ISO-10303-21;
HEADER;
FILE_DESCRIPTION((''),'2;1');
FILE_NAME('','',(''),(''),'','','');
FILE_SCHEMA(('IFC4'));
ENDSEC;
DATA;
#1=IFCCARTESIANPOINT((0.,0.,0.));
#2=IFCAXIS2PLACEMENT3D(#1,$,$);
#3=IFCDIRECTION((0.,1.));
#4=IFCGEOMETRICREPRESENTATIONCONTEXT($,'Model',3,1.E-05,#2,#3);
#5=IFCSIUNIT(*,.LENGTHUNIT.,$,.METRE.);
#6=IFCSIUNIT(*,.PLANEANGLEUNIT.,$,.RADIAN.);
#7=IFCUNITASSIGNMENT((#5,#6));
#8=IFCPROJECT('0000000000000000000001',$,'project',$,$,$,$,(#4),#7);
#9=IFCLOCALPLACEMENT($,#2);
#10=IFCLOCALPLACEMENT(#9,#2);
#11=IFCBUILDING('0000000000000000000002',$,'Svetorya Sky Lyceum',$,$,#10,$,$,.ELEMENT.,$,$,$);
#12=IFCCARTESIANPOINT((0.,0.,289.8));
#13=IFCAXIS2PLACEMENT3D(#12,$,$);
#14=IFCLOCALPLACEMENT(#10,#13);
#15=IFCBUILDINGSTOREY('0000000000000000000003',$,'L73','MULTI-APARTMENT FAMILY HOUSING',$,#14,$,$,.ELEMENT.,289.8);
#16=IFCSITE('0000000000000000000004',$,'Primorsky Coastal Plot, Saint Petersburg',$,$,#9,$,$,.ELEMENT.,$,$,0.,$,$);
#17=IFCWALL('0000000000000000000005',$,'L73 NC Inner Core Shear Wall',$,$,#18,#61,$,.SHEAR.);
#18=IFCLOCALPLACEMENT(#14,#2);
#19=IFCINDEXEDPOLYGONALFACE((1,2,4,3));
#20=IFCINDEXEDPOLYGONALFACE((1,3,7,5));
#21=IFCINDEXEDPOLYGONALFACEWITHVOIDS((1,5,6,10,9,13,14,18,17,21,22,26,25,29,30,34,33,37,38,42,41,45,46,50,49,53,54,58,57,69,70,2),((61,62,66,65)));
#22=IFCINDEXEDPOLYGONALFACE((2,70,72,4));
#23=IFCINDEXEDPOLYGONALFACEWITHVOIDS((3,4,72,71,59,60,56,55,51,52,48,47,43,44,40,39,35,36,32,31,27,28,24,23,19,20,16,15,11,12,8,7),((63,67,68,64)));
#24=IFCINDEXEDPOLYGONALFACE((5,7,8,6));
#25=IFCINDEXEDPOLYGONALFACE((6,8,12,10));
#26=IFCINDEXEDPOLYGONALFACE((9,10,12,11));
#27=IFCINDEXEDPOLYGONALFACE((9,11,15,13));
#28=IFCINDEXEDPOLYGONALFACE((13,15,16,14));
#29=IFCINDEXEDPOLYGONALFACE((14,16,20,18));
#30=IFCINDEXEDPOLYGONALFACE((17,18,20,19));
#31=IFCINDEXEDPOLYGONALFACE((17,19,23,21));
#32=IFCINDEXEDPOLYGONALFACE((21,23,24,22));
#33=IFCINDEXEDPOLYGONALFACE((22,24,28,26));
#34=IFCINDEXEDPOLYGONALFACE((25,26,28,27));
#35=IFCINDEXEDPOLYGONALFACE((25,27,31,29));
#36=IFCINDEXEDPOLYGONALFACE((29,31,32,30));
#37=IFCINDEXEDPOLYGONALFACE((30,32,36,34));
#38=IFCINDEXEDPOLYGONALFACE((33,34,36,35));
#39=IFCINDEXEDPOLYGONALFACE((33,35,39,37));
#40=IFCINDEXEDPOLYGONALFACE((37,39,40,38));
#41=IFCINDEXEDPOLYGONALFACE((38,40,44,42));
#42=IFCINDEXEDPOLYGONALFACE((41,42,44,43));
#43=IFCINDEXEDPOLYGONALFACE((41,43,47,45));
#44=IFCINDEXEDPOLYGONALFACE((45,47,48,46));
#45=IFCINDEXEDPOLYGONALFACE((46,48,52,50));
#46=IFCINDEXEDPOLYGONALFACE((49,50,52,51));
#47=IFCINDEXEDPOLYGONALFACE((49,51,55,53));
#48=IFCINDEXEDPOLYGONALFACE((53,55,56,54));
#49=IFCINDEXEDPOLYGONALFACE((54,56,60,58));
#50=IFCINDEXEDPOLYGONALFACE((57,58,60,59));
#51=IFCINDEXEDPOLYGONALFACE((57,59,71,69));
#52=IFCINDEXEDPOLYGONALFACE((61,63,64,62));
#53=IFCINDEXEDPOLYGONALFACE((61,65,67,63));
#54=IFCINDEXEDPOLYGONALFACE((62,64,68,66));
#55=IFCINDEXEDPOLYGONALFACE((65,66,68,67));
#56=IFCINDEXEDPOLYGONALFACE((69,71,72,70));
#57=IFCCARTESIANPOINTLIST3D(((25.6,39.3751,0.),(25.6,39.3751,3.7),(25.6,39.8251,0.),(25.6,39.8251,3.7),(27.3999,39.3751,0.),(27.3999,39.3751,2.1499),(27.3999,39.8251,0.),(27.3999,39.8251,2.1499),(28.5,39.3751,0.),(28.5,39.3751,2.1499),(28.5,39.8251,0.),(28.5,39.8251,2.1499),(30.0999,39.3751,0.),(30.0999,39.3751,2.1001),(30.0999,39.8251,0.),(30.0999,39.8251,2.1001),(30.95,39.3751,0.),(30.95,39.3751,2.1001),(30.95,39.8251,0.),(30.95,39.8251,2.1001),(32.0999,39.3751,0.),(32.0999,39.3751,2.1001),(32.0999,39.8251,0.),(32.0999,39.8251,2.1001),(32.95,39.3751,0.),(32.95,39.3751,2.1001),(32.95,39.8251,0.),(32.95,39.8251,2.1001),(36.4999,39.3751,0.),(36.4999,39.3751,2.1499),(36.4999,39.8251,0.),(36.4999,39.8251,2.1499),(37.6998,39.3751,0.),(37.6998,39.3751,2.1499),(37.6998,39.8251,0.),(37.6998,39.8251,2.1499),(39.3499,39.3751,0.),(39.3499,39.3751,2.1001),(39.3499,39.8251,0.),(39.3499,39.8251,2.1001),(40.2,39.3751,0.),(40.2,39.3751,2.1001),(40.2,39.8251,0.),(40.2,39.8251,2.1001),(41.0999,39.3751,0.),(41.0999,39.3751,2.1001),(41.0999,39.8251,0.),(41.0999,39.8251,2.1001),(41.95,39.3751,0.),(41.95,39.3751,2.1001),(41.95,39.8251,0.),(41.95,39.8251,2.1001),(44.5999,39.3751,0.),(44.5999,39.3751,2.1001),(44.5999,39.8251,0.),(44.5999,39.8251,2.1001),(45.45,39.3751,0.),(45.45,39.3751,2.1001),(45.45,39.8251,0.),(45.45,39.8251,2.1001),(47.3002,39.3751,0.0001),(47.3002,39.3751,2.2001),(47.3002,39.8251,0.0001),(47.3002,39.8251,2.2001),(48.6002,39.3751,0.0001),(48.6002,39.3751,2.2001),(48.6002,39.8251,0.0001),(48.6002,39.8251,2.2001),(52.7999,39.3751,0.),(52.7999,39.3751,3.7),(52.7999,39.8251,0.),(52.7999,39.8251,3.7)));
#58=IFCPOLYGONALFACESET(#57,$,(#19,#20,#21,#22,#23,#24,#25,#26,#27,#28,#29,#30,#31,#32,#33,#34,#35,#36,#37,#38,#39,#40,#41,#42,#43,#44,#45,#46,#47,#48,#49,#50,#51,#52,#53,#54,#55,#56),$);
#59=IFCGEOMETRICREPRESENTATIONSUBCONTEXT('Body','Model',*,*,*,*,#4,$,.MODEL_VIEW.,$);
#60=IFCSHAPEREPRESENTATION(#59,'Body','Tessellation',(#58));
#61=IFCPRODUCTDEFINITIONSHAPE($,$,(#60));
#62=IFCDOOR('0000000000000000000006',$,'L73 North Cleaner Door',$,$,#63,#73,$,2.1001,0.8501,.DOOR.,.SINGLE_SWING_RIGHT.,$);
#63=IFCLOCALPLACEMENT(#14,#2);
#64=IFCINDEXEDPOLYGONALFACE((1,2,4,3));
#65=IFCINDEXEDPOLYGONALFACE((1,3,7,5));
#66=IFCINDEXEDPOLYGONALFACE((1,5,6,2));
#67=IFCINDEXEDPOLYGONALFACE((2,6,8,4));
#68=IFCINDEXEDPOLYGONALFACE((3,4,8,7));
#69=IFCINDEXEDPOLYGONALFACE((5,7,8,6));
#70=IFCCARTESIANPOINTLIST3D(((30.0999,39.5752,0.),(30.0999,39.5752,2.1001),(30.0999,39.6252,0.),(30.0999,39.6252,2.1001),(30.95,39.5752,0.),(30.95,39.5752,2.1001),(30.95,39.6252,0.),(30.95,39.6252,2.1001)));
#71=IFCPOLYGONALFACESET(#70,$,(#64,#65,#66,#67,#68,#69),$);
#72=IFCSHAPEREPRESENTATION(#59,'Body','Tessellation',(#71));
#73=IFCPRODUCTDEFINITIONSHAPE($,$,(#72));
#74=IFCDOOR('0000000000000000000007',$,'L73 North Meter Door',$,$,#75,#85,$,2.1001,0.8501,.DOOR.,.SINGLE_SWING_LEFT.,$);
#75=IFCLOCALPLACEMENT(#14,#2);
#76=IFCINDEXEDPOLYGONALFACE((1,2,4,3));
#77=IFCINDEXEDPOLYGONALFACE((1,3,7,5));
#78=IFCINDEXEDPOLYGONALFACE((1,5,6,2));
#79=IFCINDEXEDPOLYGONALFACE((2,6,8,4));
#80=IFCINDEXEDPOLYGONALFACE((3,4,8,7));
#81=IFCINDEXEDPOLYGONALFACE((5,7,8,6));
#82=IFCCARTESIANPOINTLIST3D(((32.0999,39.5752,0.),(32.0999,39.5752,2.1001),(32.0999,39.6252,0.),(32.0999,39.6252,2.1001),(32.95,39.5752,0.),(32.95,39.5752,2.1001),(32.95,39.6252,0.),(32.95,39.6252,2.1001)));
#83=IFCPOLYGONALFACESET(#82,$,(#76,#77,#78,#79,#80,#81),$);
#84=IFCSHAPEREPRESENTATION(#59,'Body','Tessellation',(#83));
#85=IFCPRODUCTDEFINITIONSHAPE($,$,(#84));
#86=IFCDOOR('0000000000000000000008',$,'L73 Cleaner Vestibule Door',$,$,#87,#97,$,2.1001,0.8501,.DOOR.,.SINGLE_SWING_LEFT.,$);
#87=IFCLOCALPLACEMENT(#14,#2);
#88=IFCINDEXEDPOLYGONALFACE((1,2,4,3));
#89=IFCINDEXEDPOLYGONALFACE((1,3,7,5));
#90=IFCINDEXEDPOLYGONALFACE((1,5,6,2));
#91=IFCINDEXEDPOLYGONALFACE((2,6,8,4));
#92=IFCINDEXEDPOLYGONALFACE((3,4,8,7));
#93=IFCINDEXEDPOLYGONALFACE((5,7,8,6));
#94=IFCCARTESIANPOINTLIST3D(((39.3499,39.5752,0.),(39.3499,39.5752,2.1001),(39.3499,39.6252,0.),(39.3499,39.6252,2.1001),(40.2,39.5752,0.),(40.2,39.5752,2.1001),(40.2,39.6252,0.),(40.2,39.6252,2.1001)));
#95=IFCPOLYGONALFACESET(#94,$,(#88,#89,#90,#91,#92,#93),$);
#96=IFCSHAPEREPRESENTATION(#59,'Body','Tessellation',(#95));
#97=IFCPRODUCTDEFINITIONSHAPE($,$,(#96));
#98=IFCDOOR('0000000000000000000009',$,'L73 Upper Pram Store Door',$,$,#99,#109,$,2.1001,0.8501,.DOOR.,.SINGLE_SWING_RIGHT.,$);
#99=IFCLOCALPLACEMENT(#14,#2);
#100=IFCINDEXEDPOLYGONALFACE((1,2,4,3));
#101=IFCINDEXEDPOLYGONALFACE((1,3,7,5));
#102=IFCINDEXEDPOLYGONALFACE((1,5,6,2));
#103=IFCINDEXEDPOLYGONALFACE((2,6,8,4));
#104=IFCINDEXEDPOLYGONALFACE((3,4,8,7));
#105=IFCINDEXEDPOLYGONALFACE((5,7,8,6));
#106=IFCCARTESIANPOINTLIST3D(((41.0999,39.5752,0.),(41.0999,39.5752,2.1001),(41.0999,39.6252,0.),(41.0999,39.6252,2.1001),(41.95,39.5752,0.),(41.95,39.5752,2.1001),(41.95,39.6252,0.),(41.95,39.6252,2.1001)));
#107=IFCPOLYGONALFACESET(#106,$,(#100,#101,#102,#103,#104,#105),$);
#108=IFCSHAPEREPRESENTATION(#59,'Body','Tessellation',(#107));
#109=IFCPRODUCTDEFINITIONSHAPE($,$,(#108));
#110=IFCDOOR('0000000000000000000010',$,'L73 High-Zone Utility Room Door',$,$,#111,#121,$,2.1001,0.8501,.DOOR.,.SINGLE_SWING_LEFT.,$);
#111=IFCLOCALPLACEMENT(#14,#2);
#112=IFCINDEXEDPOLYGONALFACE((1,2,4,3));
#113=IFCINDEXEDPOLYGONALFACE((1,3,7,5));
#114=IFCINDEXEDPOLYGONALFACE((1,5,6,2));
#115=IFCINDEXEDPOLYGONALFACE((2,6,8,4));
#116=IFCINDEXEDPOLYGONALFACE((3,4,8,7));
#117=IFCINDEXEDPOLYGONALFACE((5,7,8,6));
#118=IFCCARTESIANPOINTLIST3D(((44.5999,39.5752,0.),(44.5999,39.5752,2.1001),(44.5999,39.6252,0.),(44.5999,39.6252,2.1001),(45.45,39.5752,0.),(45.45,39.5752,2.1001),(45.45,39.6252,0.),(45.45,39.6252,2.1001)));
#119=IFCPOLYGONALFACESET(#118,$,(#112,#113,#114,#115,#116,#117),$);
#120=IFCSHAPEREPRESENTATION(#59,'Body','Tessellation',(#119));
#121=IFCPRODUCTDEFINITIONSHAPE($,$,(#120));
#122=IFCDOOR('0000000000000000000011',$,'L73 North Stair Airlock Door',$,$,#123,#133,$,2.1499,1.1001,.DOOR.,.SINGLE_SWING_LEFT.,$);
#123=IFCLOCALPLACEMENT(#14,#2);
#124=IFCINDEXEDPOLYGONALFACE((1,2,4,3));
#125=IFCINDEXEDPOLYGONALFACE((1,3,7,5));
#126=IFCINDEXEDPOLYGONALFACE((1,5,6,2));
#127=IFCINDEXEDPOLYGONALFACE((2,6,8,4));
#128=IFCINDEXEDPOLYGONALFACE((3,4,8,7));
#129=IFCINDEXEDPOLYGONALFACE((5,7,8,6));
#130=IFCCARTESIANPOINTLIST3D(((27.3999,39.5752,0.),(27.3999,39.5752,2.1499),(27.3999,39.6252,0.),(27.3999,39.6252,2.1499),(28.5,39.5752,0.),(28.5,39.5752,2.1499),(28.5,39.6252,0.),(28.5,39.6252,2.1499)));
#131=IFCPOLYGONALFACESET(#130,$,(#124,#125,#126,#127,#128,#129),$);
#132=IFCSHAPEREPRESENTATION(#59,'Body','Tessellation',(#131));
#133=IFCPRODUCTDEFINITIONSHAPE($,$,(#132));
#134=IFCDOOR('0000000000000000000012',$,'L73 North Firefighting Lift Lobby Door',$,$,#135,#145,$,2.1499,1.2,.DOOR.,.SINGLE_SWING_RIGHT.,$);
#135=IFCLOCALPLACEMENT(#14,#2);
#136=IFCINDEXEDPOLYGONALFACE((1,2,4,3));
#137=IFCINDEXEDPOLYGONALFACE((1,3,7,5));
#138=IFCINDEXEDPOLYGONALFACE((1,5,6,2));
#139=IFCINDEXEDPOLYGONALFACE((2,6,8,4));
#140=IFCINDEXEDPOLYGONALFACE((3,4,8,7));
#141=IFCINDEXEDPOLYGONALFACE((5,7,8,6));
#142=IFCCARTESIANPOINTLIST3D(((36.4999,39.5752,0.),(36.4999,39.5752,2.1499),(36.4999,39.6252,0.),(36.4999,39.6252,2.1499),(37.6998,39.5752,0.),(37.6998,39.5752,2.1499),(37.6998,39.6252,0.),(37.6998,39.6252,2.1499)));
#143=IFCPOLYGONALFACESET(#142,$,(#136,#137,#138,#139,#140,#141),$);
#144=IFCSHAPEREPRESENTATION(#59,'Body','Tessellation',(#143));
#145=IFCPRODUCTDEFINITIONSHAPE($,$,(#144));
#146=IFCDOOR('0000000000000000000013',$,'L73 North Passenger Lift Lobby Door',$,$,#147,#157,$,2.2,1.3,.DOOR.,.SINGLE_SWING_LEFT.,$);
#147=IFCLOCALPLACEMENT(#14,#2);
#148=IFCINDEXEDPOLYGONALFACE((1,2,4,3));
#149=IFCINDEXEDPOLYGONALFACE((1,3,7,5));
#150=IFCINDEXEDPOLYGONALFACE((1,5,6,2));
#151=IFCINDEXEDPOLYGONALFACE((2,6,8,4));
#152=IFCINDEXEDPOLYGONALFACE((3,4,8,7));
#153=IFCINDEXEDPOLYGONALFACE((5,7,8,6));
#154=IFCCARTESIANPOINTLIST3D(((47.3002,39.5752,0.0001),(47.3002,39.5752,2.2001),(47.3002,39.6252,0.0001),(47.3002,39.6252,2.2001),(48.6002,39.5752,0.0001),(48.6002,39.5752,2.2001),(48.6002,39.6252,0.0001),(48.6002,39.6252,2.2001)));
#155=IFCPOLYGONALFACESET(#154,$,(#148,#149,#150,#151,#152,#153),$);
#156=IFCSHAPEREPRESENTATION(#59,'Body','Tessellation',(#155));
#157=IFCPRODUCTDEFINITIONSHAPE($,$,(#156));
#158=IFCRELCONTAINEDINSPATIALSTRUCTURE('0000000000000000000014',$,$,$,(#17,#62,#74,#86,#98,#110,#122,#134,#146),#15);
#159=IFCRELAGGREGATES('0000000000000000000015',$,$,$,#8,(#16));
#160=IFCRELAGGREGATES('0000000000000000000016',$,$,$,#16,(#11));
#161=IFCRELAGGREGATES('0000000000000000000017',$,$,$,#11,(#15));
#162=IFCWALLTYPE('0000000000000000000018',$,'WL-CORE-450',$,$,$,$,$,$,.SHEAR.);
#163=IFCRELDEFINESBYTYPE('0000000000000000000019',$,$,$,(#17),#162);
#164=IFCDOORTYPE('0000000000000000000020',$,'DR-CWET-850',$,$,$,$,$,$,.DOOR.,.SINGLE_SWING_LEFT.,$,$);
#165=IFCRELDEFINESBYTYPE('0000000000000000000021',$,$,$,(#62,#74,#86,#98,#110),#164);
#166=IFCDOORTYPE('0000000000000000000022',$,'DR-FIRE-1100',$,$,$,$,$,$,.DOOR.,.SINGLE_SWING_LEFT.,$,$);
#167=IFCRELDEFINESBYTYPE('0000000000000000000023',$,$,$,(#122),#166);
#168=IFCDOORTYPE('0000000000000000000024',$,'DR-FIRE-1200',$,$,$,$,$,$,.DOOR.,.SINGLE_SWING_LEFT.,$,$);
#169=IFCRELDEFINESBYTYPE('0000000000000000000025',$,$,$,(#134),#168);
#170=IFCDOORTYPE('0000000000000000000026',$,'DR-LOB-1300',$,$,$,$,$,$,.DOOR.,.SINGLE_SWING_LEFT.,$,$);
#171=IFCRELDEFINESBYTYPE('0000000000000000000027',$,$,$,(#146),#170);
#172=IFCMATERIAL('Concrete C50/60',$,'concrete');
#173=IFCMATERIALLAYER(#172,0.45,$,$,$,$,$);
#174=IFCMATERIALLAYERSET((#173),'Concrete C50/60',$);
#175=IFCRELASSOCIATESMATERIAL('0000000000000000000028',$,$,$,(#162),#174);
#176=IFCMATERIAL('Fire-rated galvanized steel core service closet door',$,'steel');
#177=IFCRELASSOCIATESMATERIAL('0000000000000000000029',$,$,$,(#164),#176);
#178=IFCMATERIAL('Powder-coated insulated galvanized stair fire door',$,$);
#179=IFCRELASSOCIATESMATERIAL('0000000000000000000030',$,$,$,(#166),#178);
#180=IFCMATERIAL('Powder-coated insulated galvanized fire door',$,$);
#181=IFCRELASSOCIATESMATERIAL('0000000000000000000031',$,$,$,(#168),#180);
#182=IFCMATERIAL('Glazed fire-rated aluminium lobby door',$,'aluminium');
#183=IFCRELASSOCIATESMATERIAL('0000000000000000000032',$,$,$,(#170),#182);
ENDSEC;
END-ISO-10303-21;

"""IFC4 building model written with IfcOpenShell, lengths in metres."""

from ifc_helpers import new_model, si_unit, direction, frame, frame_2d, origin, place, context, subcontext, project, spatial, rectangle, extrude, material, layer, layer_set, type_object, element, fill, save


model = new_model("IFC4")

# Units and contexts
model_context = context("Model", 3, precision=1e-05, world=origin(), true_north=direction((0.0, 1.0)))
body_context = subcontext(model_context, "Body", "Model", "MODEL_VIEW")
ifc_project = project(units=[si_unit("LENGTHUNIT", "METRE"), si_unit("PLANEANGLEUNIT", "RADIAN")], contexts=[model_context])

# Site, building, storey
site_placement = place(None, origin())
site = spatial("IfcSite", under=ifc_project, at=site_placement, Name="Primorsky Coastal Plot, Saint Petersburg", CompositionType="ELEMENT", RefElevation=0.0)
building_placement = place(site_placement, origin())
building = spatial("IfcBuilding", under=site, at=building_placement, Name="Svetorya Sky Lyceum", CompositionType="ELEMENT")
storey_placement = place(building_placement, frame((0.0, 0.0, 289.8)))
storey = spatial("IfcBuildingStorey", under=building, at=storey_placement, Name="L73", Description="MULTI-APARTMENT FAMILY HOUSING", CompositionType="ELEMENT", Elevation=289.8)

# Wall, openings, doors
ifc_material_1 = material(Name="Concrete C50/60", Category="concrete")
ifc_layer_1 = layer(ifc_material_1, 0.45)
ifc_layer_set_1 = layer_set([ifc_layer_1], Name="Concrete C50/60")
wall_type_1 = type_object("IfcWallType", Name="WL-CORE-450", PredefinedType="SHEAR", material=ifc_layer_set_1)
wall_1_placement = place(storey_placement, frame((52.8, 39.6001, 0.0), z_axis=(0.0, 0.0, 1.0), x_axis=(-1.0, 0.0, 0.0)))
wall_1 = element("IfcWall", 1, at=wall_1_placement, inside=storey, type_object=wall_type_1, Name="L73 NC Inner Core Shear Wall", PredefinedType="SHEAR", context=body_context, shape_type="SweptSolid", body=[
    extrude(rectangle(XDim=27.2, YDim=0.45, at=frame_2d((13.6001, 0.0))), origin(), (0.0, 0.0, 1.0), 3.7),
])
opening_1_placement = place(wall_1_placement, frame((24.3, 0.0, 0.0)))
opening_1 = element("IfcOpeningElement", 2, at=opening_1_placement, cuts=wall_1, PredefinedType="OPENING", context=body_context, shape_type="SweptSolid", body=[
    extrude(rectangle(XDim=1.1001, YDim=2.1499, at=frame_2d((0.55, 1.075))), frame((0.0, 0.2349, 0.0), z_axis=(0.0, -1.0, 0.0), x_axis=(1.0, 0.0, 0.0)), (0.0, 0.0, 1.0), 0.47),
])
opening_2_placement = place(wall_1_placement, frame((21.8501, 0.0, 0.0)))
opening_2 = element("IfcOpeningElement", 3, at=opening_2_placement, cuts=wall_1, PredefinedType="OPENING", context=body_context, shape_type="SweptSolid", body=[
    extrude(rectangle(XDim=0.8501, YDim=2.1001, at=frame_2d((0.425, 1.05))), frame((0.0, 0.2349, 0.0), z_axis=(0.0, -1.0, 0.0), x_axis=(1.0, 0.0, 0.0)), (0.0, 0.0, 1.0), 0.47),
])
opening_3_placement = place(wall_1_placement, frame((19.8501, 0.0, 0.0)))
opening_3 = element("IfcOpeningElement", 4, at=opening_3_placement, cuts=wall_1, PredefinedType="OPENING", context=body_context, shape_type="SweptSolid", body=[
    extrude(rectangle(XDim=0.8501, YDim=2.1001, at=frame_2d((0.425, 1.05))), frame((0.0, 0.2349, 0.0), z_axis=(0.0, -1.0, 0.0), x_axis=(1.0, 0.0, 0.0)), (0.0, 0.0, 1.0), 0.47),
])
opening_4_placement = place(wall_1_placement, frame((15.1001, 0.0, 0.0)))
opening_4 = element("IfcOpeningElement", 5, at=opening_4_placement, cuts=wall_1, PredefinedType="OPENING", context=body_context, shape_type="SweptSolid", body=[
    extrude(rectangle(XDim=1.2, YDim=2.1499, at=frame_2d((0.6001, 1.075))), frame((0.0, 0.2349, 0.0), z_axis=(0.0, -1.0, 0.0), x_axis=(1.0, 0.0, 0.0)), (0.0, 0.0, 1.0), 0.47),
])
opening_5_placement = place(wall_1_placement, frame((12.6001, 0.0, 0.0)))
opening_5 = element("IfcOpeningElement", 6, at=opening_5_placement, cuts=wall_1, PredefinedType="OPENING", context=body_context, shape_type="SweptSolid", body=[
    extrude(rectangle(XDim=0.8501, YDim=2.1001, at=frame_2d((0.425, 1.05))), frame((0.0, 0.2349, 0.0), z_axis=(0.0, -1.0, 0.0), x_axis=(1.0, 0.0, 0.0)), (0.0, 0.0, 1.0), 0.47),
])
opening_6_placement = place(wall_1_placement, frame((10.8501, 0.0, 0.0)))
opening_6 = element("IfcOpeningElement", 7, at=opening_6_placement, cuts=wall_1, PredefinedType="OPENING", context=body_context, shape_type="SweptSolid", body=[
    extrude(rectangle(XDim=0.8501, YDim=2.1001, at=frame_2d((0.425, 1.05))), frame((0.0, 0.2349, 0.0), z_axis=(0.0, -1.0, 0.0), x_axis=(1.0, 0.0, 0.0)), (0.0, 0.0, 1.0), 0.47),
])
opening_7_placement = place(wall_1_placement, frame((7.3501, 0.0, 0.0)))
opening_7 = element("IfcOpeningElement", 8, at=opening_7_placement, cuts=wall_1, PredefinedType="OPENING", context=body_context, shape_type="SweptSolid", body=[
    extrude(rectangle(XDim=0.8501, YDim=2.1001, at=frame_2d((0.425, 1.05))), frame((0.0, 0.2349, 0.0), z_axis=(0.0, -1.0, 0.0), x_axis=(1.0, 0.0, 0.0)), (0.0, 0.0, 1.0), 0.47),
])
opening_8_placement = place(wall_1_placement, frame((4.2, 0.0, 0.0)))
opening_8 = element("IfcOpeningElement", 9, at=opening_8_placement, cuts=wall_1, PredefinedType="OPENING", context=body_context, shape_type="SweptSolid", body=[
    extrude(rectangle(XDim=1.3, YDim=2.2, at=frame_2d((0.6499, 1.1001))), frame((0.0, 0.2349, 0.0), z_axis=(0.0, -1.0, 0.0), x_axis=(1.0, 0.0, 0.0)), (0.0, 0.0, 1.0), 0.47),
])
ifc_material_2 = material(Name="Fire-rated galvanized steel core service closet door", Category="steel")
door_type_1 = type_object("IfcDoorType", Name="DR-CWET-850", OperationType="SINGLE_SWING_LEFT", PredefinedType="DOOR", material=ifc_material_2)
door_1_placement = place(opening_2_placement, origin())
door_1 = element("IfcDoor", 10, at=door_1_placement, inside=storey, type_object=door_type_1, Name="L73 North Cleaner Door", OperationType="SINGLE_SWING_RIGHT", OverallHeight=2.1001, OverallWidth=0.8501, PredefinedType="DOOR", context=body_context, shape_type="SweptSolid", body=[
    extrude(rectangle(XDim=0.8501, YDim=2.1001, at=frame_2d((0.425, 1.05))), frame((0.0, 0.0249, 0.0), z_axis=(0.0, -1.0, 0.0), x_axis=(1.0, 0.0, 0.0)), (0.0, 0.0, 1.0), 0.05),
])
fill(opening_2, door_1)
door_2_placement = place(opening_3_placement, origin())
door_2 = element("IfcDoor", 11, at=door_2_placement, inside=storey, type_object=door_type_1, Name="L73 North Meter Door", OperationType="SINGLE_SWING_LEFT", OverallHeight=2.1001, OverallWidth=0.8501, PredefinedType="DOOR", context=body_context, shape_type="SweptSolid", body=[
    extrude(rectangle(XDim=0.8501, YDim=2.1001, at=frame_2d((0.425, 1.05))), frame((0.0, 0.0249, 0.0), z_axis=(0.0, -1.0, 0.0), x_axis=(1.0, 0.0, 0.0)), (0.0, 0.0, 1.0), 0.05),
])
fill(opening_3, door_2)
door_3_placement = place(opening_5_placement, origin())
door_3 = element("IfcDoor", 12, at=door_3_placement, inside=storey, type_object=door_type_1, Name="L73 Cleaner Vestibule Door", OperationType="SINGLE_SWING_LEFT", OverallHeight=2.1001, OverallWidth=0.8501, PredefinedType="DOOR", context=body_context, shape_type="SweptSolid", body=[
    extrude(rectangle(XDim=0.8501, YDim=2.1001, at=frame_2d((0.425, 1.05))), frame((0.0, 0.0249, 0.0), z_axis=(0.0, -1.0, 0.0), x_axis=(1.0, 0.0, 0.0)), (0.0, 0.0, 1.0), 0.05),
])
fill(opening_5, door_3)
door_4_placement = place(opening_6_placement, origin())
door_4 = element("IfcDoor", 13, at=door_4_placement, inside=storey, type_object=door_type_1, Name="L73 Upper Pram Store Door", OperationType="SINGLE_SWING_RIGHT", OverallHeight=2.1001, OverallWidth=0.8501, PredefinedType="DOOR", context=body_context, shape_type="SweptSolid", body=[
    extrude(rectangle(XDim=0.8501, YDim=2.1001, at=frame_2d((0.425, 1.05))), frame((0.0, 0.0249, 0.0), z_axis=(0.0, -1.0, 0.0), x_axis=(1.0, 0.0, 0.0)), (0.0, 0.0, 1.0), 0.05),
])
fill(opening_6, door_4)
door_5_placement = place(opening_7_placement, origin())
door_5 = element("IfcDoor", 14, at=door_5_placement, inside=storey, type_object=door_type_1, Name="L73 High-Zone Utility Room Door", OperationType="SINGLE_SWING_LEFT", OverallHeight=2.1001, OverallWidth=0.8501, PredefinedType="DOOR", context=body_context, shape_type="SweptSolid", body=[
    extrude(rectangle(XDim=0.8501, YDim=2.1001, at=frame_2d((0.425, 1.05))), frame((0.0, 0.0249, 0.0), z_axis=(0.0, -1.0, 0.0), x_axis=(1.0, 0.0, 0.0)), (0.0, 0.0, 1.0), 0.05),
])
fill(opening_7, door_5)
ifc_material_3 = material(Name="Powder-coated insulated galvanized stair fire door")
door_type_2 = type_object("IfcDoorType", Name="DR-FIRE-1100", OperationType="SINGLE_SWING_LEFT", PredefinedType="DOOR", material=ifc_material_3)
door_6_placement = place(opening_1_placement, origin())
door_6 = element("IfcDoor", 15, at=door_6_placement, inside=storey, type_object=door_type_2, Name="L73 North Stair Airlock Door", OperationType="SINGLE_SWING_LEFT", OverallHeight=2.1499, OverallWidth=1.1001, PredefinedType="DOOR", context=body_context, shape_type="SweptSolid", body=[
    extrude(rectangle(XDim=1.1001, YDim=2.1499, at=frame_2d((0.55, 1.075))), frame((0.0, 0.0249, 0.0), z_axis=(0.0, -1.0, 0.0), x_axis=(1.0, 0.0, 0.0)), (0.0, 0.0, 1.0), 0.05),
])
fill(opening_1, door_6)
ifc_material_4 = material(Name="Powder-coated insulated galvanized fire door")
door_type_3 = type_object("IfcDoorType", Name="DR-FIRE-1200", OperationType="SINGLE_SWING_LEFT", PredefinedType="DOOR", material=ifc_material_4)
door_7_placement = place(opening_4_placement, origin())
door_7 = element("IfcDoor", 16, at=door_7_placement, inside=storey, type_object=door_type_3, Name="L73 North Firefighting Lift Lobby Door", OperationType="SINGLE_SWING_RIGHT", OverallHeight=2.1499, OverallWidth=1.2, PredefinedType="DOOR", context=body_context, shape_type="SweptSolid", body=[
    extrude(rectangle(XDim=1.2, YDim=2.1499, at=frame_2d((0.6001, 1.075))), frame((0.0, 0.0249, 0.0), z_axis=(0.0, -1.0, 0.0), x_axis=(1.0, 0.0, 0.0)), (0.0, 0.0, 1.0), 0.05),
])
fill(opening_4, door_7)
ifc_material_5 = material(Name="Glazed fire-rated aluminium lobby door", Category="aluminium")
door_type_4 = type_object("IfcDoorType", Name="DR-LOB-1300", OperationType="SINGLE_SWING_LEFT", PredefinedType="DOOR", material=ifc_material_5)
door_8_placement = place(opening_8_placement, origin())
door_8 = element("IfcDoor", 17, at=door_8_placement, inside=storey, type_object=door_type_4, Name="L73 North Passenger Lift Lobby Door", OperationType="SINGLE_SWING_LEFT", OverallHeight=2.2, OverallWidth=1.3, PredefinedType="DOOR", context=body_context, shape_type="SweptSolid", body=[
    extrude(rectangle(XDim=1.3, YDim=2.2, at=frame_2d((0.6499, 1.1001))), frame((0.0, 0.0249, 0.0), z_axis=(0.0, -1.0, 0.0), x_axis=(1.0, 0.0, 0.0)), (0.0, 0.0, 1.0), 0.05),
])
fill(opening_8, door_8)

save(model, "model.ifc")
